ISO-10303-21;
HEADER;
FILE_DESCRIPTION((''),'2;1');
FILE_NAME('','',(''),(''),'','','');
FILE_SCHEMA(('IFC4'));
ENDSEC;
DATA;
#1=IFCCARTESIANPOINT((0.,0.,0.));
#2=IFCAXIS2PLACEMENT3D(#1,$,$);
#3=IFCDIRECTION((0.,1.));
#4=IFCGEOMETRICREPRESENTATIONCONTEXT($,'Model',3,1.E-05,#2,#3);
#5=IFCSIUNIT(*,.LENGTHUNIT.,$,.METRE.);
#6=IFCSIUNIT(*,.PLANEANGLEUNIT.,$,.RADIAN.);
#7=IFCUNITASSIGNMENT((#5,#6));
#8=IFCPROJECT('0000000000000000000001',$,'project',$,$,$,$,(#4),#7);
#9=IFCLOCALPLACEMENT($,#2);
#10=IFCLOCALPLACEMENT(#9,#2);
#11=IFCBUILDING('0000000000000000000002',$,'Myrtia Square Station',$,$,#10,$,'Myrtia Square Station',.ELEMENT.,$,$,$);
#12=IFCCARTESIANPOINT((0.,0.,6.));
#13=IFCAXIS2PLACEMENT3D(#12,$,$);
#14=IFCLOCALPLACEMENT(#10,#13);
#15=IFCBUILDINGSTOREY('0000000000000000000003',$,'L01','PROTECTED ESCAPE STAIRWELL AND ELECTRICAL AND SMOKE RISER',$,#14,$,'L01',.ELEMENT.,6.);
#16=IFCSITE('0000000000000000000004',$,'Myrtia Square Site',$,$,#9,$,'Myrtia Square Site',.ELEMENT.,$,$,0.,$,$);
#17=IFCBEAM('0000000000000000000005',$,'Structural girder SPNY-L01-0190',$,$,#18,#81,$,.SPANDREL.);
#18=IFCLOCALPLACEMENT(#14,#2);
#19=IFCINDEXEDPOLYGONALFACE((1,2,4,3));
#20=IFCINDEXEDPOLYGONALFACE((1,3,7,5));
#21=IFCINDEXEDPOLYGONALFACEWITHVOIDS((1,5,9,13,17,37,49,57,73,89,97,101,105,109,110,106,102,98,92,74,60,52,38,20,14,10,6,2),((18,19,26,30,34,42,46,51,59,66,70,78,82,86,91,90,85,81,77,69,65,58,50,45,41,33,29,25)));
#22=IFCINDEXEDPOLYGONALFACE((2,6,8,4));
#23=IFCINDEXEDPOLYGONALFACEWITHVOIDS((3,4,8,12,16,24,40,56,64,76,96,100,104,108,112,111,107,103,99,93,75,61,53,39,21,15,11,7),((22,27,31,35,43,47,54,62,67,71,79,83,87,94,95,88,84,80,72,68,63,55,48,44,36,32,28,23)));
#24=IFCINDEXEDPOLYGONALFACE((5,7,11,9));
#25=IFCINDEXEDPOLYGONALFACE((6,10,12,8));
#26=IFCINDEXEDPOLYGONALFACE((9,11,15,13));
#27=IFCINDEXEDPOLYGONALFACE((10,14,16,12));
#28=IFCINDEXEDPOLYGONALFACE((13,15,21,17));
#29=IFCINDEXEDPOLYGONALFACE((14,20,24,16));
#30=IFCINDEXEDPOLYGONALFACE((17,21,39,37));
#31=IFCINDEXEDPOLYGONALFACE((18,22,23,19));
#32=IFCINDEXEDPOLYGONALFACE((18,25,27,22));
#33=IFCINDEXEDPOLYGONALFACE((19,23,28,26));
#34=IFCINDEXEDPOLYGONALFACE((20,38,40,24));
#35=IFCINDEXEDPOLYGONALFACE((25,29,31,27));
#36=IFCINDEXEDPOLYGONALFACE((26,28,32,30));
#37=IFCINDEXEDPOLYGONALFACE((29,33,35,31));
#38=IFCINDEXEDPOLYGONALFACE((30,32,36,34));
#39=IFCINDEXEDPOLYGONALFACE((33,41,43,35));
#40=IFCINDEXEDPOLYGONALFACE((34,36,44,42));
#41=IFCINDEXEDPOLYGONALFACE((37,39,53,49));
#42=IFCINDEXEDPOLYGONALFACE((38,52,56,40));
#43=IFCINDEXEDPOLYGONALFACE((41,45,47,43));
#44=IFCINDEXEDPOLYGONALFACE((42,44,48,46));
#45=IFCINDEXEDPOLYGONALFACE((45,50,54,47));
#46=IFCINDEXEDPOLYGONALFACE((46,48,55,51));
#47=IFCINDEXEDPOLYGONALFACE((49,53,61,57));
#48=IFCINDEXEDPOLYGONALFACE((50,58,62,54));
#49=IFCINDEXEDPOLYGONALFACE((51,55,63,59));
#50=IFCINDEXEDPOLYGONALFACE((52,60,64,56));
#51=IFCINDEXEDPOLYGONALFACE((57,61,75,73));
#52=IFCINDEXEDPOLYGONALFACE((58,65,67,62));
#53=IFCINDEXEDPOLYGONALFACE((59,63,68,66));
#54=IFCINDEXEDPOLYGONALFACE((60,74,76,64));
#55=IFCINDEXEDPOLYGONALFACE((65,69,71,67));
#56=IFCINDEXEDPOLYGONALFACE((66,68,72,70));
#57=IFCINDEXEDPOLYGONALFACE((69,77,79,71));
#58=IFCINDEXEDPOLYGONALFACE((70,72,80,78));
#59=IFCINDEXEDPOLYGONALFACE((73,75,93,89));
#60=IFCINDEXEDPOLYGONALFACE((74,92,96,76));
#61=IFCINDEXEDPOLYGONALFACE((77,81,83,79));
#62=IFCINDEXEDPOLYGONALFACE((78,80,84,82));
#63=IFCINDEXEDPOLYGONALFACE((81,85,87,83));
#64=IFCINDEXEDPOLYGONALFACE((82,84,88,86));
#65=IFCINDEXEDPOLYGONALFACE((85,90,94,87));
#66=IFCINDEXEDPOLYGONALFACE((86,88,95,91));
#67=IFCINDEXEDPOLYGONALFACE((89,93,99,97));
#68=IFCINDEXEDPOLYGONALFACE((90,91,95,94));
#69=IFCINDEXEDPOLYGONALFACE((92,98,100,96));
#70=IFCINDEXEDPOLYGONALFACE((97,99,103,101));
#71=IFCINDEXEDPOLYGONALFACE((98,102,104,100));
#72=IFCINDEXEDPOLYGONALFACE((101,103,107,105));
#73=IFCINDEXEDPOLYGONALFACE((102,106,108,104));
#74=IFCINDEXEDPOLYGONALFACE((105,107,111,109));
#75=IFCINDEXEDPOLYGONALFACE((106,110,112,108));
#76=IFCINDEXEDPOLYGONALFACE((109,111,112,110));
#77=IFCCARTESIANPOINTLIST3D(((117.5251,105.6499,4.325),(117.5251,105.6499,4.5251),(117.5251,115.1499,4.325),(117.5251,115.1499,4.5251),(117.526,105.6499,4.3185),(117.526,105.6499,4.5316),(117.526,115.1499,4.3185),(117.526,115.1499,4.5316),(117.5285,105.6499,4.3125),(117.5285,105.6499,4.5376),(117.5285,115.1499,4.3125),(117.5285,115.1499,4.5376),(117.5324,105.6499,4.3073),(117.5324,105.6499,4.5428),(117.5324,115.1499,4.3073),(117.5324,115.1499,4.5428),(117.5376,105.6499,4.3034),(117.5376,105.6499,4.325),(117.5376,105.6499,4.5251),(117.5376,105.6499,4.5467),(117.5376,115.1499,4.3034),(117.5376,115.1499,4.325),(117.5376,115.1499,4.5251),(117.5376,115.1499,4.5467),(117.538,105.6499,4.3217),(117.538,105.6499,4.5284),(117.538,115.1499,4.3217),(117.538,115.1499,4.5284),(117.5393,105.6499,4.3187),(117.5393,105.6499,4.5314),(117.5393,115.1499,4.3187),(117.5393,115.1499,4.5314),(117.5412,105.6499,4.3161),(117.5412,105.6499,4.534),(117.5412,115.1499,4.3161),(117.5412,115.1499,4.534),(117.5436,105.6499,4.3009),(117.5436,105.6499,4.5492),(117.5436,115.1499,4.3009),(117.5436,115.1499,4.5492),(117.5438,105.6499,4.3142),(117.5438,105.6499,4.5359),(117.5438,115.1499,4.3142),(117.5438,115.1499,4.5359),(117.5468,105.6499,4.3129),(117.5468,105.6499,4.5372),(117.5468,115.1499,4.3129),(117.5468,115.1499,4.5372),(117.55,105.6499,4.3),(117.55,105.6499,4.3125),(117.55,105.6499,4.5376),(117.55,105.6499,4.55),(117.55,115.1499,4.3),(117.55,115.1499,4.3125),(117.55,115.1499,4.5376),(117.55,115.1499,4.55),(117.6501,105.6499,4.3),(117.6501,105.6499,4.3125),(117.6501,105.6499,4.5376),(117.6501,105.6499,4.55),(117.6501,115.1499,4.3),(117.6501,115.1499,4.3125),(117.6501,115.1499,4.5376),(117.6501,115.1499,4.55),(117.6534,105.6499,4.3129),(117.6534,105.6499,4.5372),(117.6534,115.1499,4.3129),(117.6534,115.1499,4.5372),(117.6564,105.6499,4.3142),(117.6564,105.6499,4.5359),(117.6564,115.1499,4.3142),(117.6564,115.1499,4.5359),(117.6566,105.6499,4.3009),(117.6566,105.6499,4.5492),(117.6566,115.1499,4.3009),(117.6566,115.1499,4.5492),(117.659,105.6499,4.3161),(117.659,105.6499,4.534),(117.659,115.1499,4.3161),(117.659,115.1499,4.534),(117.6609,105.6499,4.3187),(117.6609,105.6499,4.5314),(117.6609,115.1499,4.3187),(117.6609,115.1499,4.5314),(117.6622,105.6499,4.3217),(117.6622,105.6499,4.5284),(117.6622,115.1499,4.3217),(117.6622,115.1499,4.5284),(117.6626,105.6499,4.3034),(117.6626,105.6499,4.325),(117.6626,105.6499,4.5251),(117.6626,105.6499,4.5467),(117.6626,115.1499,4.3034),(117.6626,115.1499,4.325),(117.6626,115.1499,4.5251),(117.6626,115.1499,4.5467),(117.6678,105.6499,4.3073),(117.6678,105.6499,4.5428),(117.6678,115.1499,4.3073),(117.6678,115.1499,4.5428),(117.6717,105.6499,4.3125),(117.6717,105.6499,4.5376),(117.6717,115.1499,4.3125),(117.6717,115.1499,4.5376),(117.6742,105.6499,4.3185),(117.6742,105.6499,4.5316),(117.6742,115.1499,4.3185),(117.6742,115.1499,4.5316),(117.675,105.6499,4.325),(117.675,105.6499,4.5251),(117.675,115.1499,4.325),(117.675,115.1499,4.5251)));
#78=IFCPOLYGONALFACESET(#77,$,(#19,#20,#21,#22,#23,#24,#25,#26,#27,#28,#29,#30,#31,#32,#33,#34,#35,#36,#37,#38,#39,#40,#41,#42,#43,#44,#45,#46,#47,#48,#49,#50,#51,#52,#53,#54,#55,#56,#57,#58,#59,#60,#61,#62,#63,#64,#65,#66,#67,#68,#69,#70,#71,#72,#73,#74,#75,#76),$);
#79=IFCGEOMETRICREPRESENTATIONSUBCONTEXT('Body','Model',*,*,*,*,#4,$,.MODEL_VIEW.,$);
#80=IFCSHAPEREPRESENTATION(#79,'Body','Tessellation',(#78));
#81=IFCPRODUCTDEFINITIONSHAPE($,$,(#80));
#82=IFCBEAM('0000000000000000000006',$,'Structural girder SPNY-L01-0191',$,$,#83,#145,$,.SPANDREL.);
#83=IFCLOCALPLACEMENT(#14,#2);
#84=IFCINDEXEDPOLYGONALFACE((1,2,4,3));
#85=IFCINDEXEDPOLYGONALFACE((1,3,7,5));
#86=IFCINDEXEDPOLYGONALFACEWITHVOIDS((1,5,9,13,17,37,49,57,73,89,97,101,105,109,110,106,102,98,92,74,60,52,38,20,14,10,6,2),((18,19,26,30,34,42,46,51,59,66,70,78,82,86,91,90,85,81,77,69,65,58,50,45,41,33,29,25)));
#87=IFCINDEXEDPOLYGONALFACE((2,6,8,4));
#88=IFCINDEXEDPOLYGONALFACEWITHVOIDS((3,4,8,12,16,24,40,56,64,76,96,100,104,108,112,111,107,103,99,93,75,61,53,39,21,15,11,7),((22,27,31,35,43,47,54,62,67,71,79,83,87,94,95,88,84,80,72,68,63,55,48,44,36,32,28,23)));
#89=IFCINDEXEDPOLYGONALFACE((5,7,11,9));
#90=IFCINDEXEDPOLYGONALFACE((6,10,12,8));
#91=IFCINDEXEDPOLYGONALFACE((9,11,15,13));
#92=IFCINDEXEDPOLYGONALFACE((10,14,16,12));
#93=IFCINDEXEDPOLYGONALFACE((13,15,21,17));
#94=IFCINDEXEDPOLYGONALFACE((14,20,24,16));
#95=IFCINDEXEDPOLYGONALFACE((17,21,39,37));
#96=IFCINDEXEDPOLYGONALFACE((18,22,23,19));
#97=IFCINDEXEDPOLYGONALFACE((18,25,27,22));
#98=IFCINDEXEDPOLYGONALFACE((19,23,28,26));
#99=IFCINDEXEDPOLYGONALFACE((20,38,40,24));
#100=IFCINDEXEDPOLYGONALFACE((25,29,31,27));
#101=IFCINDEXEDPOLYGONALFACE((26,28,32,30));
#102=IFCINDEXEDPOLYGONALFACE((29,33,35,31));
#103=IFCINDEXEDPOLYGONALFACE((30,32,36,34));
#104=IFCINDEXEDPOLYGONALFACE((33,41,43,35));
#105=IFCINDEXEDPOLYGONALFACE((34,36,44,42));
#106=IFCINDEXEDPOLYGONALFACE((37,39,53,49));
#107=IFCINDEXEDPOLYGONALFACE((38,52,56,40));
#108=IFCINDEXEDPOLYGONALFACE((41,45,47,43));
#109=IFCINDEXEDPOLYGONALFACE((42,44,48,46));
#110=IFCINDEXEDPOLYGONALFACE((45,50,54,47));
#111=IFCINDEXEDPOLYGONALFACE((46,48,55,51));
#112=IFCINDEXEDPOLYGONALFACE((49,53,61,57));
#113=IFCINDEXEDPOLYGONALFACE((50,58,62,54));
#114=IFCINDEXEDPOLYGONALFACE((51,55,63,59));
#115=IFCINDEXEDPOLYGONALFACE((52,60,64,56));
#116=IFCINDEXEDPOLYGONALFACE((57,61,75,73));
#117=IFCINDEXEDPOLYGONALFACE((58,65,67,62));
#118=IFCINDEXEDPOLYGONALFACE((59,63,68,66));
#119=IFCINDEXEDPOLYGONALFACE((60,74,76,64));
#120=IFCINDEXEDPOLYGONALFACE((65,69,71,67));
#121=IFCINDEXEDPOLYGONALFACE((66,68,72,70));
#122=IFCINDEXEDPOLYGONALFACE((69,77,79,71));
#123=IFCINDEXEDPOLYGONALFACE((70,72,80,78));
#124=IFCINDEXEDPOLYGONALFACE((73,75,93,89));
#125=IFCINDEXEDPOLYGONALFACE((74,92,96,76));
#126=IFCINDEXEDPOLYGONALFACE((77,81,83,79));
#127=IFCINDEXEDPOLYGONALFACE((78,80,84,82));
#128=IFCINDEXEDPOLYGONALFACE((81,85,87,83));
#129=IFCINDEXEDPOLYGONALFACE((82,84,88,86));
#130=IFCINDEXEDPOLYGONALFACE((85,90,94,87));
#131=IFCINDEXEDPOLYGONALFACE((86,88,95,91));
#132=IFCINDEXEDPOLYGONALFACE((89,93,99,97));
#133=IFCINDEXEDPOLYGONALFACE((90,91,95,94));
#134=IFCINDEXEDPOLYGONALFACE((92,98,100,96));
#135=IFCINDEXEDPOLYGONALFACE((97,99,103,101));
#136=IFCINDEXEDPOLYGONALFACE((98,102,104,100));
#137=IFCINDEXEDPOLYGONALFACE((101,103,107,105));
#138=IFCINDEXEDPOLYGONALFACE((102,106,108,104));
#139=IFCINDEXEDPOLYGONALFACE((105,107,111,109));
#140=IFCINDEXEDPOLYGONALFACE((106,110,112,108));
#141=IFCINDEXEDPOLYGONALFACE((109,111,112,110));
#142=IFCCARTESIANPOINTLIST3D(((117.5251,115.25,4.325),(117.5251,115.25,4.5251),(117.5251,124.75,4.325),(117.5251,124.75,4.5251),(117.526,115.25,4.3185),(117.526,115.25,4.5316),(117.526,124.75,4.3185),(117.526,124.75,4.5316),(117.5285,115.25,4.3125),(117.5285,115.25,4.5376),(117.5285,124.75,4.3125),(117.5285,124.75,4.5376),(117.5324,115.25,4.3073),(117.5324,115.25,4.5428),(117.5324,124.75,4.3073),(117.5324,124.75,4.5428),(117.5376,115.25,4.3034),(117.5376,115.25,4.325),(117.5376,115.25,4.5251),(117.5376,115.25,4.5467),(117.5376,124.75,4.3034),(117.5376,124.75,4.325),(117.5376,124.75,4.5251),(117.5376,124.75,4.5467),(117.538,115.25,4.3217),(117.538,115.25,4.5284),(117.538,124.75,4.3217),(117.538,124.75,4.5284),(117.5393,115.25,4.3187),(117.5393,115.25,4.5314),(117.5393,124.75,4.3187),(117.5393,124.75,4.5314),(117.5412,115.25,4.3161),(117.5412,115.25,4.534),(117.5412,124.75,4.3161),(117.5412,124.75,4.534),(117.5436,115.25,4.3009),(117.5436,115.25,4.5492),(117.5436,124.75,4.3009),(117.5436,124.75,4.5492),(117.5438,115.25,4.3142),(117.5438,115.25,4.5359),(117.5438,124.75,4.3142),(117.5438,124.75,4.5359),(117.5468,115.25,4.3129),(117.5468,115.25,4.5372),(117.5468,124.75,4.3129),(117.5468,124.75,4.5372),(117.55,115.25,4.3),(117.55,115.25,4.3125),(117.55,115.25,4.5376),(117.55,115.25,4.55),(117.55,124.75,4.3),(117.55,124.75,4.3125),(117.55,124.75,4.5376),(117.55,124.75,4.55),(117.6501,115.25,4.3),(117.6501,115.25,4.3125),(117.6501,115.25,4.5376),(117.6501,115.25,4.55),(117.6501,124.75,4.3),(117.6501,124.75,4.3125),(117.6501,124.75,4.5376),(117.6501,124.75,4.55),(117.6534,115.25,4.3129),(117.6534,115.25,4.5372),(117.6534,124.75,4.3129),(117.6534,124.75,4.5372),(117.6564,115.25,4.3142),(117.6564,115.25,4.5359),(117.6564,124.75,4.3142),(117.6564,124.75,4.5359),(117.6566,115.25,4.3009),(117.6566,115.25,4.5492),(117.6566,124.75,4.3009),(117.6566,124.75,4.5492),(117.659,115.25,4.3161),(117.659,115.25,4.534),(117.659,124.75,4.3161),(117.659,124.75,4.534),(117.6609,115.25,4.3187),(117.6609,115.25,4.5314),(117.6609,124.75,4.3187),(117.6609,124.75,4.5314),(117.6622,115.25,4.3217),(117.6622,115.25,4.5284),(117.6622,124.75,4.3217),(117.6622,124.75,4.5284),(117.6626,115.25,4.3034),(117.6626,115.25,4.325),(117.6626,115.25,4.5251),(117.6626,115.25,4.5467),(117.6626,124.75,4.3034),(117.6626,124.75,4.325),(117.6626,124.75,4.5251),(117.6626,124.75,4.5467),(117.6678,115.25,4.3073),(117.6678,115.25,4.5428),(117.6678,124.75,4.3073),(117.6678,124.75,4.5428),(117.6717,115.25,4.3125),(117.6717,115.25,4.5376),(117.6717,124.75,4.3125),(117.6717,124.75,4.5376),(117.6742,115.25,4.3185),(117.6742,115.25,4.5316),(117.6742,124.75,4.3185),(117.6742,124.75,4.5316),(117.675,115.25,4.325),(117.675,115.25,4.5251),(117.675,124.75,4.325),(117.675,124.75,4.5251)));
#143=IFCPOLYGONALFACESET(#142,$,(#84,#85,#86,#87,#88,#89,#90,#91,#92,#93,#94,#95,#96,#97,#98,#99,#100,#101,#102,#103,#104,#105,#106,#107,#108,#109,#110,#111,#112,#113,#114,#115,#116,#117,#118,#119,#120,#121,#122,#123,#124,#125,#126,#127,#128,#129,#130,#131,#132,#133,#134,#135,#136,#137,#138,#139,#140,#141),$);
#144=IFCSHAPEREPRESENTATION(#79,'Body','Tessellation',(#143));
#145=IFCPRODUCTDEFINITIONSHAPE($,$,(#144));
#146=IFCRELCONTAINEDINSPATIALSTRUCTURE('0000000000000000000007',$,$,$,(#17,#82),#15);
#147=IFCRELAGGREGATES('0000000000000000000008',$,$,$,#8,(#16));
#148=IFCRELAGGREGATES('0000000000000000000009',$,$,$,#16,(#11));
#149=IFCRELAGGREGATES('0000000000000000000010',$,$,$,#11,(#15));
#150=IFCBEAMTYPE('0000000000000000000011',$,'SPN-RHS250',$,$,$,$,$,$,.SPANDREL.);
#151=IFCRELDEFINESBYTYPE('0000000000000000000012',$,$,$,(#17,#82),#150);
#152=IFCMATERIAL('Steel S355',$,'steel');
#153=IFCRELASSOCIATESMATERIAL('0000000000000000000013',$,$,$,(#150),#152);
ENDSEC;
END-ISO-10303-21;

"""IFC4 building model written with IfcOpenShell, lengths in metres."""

from ifc_helpers import new_model, si_unit, direction, frame, origin, origin_2d, place, context, subcontext, project, spatial, hollow_rectangle, extrude, material, material_profile, profile_set, type_object, element, save


model = new_model("IFC4")

# Units and contexts
model_context = context("Model", 3, precision=1e-05, world=origin(), true_north=direction((0.0, 1.0)))
body_context = subcontext(model_context, "Body", "Model", "MODEL_VIEW")
ifc_project = project(units=[si_unit("LENGTHUNIT", "METRE"), si_unit("PLANEANGLEUNIT", "RADIAN")], contexts=[model_context])

# Site, building, storey
site_placement = place(None, origin())
site = spatial("IfcSite", under=ifc_project, at=site_placement, Name="Myrtia Square Site", LongName="Myrtia Square Site", CompositionType="ELEMENT", RefElevation=0.0)
building_placement = place(site_placement, origin())
building = spatial("IfcBuilding", under=site, at=building_placement, Name="Myrtia Square Station", LongName="Myrtia Square Station", CompositionType="ELEMENT")
storey_placement = place(building_placement, frame((0.0, 0.0, 6.0)))
storey = spatial("IfcBuildingStorey", under=building, at=storey_placement, Name="L01", Description="PROTECTED ESCAPE STAIRWELL AND ELECTRICAL AND SMOKE RISER", LongName="L01", CompositionType="ELEMENT", Elevation=6.0)

# Shared definitions
ifc_material_1 = material(Name="Steel S355", Category="steel")

# Beams
ifc_material_profile_1 = material_profile(ifc_material_1, hollow_rectangle(XDim=0.1499, YDim=0.25, WallThickness=0.0125, InnerFilletRadius=0.0125, OuterFilletRadius=0.0249, at=origin_2d()), Name="RHS 250x150x12.5")
ifc_profile_set_1 = profile_set([ifc_material_profile_1], Name="Steel S355")
beam_type_1 = type_object("IfcBeamType", Name="SPN-RHS250", PredefinedType="SPANDREL", material=ifc_profile_set_1)
for number, where, z_axis, x_axis, name in (
    (1, (117.6001, 105.6499, 4.425), (0.0, 1.0, 0.0), (-1.0, 0.0, 0.0), "Structural girder SPNY-L01-0190"),
    (2, (117.6001, 115.25, 4.425), (0.0, 1.0, 0.0), (-1.0, 0.0, 0.0), "Structural girder SPNY-L01-0191"),
):
    element("IfcBeam", number, at=place(storey_placement, frame(where, z_axis=z_axis, x_axis=x_axis)), inside=storey, type_object=beam_type_1, Name=name, PredefinedType="SPANDREL", context=body_context, shape_type="SweptSolid", body=[
        extrude(hollow_rectangle(XDim=0.1499, YDim=0.25, WallThickness=0.0125, InnerFilletRadius=0.0125, OuterFilletRadius=0.0249, at=origin_2d()), origin(), (0.0, 0.0, 1.0), 9.5),
    ])

save(model, "model.ifc")
